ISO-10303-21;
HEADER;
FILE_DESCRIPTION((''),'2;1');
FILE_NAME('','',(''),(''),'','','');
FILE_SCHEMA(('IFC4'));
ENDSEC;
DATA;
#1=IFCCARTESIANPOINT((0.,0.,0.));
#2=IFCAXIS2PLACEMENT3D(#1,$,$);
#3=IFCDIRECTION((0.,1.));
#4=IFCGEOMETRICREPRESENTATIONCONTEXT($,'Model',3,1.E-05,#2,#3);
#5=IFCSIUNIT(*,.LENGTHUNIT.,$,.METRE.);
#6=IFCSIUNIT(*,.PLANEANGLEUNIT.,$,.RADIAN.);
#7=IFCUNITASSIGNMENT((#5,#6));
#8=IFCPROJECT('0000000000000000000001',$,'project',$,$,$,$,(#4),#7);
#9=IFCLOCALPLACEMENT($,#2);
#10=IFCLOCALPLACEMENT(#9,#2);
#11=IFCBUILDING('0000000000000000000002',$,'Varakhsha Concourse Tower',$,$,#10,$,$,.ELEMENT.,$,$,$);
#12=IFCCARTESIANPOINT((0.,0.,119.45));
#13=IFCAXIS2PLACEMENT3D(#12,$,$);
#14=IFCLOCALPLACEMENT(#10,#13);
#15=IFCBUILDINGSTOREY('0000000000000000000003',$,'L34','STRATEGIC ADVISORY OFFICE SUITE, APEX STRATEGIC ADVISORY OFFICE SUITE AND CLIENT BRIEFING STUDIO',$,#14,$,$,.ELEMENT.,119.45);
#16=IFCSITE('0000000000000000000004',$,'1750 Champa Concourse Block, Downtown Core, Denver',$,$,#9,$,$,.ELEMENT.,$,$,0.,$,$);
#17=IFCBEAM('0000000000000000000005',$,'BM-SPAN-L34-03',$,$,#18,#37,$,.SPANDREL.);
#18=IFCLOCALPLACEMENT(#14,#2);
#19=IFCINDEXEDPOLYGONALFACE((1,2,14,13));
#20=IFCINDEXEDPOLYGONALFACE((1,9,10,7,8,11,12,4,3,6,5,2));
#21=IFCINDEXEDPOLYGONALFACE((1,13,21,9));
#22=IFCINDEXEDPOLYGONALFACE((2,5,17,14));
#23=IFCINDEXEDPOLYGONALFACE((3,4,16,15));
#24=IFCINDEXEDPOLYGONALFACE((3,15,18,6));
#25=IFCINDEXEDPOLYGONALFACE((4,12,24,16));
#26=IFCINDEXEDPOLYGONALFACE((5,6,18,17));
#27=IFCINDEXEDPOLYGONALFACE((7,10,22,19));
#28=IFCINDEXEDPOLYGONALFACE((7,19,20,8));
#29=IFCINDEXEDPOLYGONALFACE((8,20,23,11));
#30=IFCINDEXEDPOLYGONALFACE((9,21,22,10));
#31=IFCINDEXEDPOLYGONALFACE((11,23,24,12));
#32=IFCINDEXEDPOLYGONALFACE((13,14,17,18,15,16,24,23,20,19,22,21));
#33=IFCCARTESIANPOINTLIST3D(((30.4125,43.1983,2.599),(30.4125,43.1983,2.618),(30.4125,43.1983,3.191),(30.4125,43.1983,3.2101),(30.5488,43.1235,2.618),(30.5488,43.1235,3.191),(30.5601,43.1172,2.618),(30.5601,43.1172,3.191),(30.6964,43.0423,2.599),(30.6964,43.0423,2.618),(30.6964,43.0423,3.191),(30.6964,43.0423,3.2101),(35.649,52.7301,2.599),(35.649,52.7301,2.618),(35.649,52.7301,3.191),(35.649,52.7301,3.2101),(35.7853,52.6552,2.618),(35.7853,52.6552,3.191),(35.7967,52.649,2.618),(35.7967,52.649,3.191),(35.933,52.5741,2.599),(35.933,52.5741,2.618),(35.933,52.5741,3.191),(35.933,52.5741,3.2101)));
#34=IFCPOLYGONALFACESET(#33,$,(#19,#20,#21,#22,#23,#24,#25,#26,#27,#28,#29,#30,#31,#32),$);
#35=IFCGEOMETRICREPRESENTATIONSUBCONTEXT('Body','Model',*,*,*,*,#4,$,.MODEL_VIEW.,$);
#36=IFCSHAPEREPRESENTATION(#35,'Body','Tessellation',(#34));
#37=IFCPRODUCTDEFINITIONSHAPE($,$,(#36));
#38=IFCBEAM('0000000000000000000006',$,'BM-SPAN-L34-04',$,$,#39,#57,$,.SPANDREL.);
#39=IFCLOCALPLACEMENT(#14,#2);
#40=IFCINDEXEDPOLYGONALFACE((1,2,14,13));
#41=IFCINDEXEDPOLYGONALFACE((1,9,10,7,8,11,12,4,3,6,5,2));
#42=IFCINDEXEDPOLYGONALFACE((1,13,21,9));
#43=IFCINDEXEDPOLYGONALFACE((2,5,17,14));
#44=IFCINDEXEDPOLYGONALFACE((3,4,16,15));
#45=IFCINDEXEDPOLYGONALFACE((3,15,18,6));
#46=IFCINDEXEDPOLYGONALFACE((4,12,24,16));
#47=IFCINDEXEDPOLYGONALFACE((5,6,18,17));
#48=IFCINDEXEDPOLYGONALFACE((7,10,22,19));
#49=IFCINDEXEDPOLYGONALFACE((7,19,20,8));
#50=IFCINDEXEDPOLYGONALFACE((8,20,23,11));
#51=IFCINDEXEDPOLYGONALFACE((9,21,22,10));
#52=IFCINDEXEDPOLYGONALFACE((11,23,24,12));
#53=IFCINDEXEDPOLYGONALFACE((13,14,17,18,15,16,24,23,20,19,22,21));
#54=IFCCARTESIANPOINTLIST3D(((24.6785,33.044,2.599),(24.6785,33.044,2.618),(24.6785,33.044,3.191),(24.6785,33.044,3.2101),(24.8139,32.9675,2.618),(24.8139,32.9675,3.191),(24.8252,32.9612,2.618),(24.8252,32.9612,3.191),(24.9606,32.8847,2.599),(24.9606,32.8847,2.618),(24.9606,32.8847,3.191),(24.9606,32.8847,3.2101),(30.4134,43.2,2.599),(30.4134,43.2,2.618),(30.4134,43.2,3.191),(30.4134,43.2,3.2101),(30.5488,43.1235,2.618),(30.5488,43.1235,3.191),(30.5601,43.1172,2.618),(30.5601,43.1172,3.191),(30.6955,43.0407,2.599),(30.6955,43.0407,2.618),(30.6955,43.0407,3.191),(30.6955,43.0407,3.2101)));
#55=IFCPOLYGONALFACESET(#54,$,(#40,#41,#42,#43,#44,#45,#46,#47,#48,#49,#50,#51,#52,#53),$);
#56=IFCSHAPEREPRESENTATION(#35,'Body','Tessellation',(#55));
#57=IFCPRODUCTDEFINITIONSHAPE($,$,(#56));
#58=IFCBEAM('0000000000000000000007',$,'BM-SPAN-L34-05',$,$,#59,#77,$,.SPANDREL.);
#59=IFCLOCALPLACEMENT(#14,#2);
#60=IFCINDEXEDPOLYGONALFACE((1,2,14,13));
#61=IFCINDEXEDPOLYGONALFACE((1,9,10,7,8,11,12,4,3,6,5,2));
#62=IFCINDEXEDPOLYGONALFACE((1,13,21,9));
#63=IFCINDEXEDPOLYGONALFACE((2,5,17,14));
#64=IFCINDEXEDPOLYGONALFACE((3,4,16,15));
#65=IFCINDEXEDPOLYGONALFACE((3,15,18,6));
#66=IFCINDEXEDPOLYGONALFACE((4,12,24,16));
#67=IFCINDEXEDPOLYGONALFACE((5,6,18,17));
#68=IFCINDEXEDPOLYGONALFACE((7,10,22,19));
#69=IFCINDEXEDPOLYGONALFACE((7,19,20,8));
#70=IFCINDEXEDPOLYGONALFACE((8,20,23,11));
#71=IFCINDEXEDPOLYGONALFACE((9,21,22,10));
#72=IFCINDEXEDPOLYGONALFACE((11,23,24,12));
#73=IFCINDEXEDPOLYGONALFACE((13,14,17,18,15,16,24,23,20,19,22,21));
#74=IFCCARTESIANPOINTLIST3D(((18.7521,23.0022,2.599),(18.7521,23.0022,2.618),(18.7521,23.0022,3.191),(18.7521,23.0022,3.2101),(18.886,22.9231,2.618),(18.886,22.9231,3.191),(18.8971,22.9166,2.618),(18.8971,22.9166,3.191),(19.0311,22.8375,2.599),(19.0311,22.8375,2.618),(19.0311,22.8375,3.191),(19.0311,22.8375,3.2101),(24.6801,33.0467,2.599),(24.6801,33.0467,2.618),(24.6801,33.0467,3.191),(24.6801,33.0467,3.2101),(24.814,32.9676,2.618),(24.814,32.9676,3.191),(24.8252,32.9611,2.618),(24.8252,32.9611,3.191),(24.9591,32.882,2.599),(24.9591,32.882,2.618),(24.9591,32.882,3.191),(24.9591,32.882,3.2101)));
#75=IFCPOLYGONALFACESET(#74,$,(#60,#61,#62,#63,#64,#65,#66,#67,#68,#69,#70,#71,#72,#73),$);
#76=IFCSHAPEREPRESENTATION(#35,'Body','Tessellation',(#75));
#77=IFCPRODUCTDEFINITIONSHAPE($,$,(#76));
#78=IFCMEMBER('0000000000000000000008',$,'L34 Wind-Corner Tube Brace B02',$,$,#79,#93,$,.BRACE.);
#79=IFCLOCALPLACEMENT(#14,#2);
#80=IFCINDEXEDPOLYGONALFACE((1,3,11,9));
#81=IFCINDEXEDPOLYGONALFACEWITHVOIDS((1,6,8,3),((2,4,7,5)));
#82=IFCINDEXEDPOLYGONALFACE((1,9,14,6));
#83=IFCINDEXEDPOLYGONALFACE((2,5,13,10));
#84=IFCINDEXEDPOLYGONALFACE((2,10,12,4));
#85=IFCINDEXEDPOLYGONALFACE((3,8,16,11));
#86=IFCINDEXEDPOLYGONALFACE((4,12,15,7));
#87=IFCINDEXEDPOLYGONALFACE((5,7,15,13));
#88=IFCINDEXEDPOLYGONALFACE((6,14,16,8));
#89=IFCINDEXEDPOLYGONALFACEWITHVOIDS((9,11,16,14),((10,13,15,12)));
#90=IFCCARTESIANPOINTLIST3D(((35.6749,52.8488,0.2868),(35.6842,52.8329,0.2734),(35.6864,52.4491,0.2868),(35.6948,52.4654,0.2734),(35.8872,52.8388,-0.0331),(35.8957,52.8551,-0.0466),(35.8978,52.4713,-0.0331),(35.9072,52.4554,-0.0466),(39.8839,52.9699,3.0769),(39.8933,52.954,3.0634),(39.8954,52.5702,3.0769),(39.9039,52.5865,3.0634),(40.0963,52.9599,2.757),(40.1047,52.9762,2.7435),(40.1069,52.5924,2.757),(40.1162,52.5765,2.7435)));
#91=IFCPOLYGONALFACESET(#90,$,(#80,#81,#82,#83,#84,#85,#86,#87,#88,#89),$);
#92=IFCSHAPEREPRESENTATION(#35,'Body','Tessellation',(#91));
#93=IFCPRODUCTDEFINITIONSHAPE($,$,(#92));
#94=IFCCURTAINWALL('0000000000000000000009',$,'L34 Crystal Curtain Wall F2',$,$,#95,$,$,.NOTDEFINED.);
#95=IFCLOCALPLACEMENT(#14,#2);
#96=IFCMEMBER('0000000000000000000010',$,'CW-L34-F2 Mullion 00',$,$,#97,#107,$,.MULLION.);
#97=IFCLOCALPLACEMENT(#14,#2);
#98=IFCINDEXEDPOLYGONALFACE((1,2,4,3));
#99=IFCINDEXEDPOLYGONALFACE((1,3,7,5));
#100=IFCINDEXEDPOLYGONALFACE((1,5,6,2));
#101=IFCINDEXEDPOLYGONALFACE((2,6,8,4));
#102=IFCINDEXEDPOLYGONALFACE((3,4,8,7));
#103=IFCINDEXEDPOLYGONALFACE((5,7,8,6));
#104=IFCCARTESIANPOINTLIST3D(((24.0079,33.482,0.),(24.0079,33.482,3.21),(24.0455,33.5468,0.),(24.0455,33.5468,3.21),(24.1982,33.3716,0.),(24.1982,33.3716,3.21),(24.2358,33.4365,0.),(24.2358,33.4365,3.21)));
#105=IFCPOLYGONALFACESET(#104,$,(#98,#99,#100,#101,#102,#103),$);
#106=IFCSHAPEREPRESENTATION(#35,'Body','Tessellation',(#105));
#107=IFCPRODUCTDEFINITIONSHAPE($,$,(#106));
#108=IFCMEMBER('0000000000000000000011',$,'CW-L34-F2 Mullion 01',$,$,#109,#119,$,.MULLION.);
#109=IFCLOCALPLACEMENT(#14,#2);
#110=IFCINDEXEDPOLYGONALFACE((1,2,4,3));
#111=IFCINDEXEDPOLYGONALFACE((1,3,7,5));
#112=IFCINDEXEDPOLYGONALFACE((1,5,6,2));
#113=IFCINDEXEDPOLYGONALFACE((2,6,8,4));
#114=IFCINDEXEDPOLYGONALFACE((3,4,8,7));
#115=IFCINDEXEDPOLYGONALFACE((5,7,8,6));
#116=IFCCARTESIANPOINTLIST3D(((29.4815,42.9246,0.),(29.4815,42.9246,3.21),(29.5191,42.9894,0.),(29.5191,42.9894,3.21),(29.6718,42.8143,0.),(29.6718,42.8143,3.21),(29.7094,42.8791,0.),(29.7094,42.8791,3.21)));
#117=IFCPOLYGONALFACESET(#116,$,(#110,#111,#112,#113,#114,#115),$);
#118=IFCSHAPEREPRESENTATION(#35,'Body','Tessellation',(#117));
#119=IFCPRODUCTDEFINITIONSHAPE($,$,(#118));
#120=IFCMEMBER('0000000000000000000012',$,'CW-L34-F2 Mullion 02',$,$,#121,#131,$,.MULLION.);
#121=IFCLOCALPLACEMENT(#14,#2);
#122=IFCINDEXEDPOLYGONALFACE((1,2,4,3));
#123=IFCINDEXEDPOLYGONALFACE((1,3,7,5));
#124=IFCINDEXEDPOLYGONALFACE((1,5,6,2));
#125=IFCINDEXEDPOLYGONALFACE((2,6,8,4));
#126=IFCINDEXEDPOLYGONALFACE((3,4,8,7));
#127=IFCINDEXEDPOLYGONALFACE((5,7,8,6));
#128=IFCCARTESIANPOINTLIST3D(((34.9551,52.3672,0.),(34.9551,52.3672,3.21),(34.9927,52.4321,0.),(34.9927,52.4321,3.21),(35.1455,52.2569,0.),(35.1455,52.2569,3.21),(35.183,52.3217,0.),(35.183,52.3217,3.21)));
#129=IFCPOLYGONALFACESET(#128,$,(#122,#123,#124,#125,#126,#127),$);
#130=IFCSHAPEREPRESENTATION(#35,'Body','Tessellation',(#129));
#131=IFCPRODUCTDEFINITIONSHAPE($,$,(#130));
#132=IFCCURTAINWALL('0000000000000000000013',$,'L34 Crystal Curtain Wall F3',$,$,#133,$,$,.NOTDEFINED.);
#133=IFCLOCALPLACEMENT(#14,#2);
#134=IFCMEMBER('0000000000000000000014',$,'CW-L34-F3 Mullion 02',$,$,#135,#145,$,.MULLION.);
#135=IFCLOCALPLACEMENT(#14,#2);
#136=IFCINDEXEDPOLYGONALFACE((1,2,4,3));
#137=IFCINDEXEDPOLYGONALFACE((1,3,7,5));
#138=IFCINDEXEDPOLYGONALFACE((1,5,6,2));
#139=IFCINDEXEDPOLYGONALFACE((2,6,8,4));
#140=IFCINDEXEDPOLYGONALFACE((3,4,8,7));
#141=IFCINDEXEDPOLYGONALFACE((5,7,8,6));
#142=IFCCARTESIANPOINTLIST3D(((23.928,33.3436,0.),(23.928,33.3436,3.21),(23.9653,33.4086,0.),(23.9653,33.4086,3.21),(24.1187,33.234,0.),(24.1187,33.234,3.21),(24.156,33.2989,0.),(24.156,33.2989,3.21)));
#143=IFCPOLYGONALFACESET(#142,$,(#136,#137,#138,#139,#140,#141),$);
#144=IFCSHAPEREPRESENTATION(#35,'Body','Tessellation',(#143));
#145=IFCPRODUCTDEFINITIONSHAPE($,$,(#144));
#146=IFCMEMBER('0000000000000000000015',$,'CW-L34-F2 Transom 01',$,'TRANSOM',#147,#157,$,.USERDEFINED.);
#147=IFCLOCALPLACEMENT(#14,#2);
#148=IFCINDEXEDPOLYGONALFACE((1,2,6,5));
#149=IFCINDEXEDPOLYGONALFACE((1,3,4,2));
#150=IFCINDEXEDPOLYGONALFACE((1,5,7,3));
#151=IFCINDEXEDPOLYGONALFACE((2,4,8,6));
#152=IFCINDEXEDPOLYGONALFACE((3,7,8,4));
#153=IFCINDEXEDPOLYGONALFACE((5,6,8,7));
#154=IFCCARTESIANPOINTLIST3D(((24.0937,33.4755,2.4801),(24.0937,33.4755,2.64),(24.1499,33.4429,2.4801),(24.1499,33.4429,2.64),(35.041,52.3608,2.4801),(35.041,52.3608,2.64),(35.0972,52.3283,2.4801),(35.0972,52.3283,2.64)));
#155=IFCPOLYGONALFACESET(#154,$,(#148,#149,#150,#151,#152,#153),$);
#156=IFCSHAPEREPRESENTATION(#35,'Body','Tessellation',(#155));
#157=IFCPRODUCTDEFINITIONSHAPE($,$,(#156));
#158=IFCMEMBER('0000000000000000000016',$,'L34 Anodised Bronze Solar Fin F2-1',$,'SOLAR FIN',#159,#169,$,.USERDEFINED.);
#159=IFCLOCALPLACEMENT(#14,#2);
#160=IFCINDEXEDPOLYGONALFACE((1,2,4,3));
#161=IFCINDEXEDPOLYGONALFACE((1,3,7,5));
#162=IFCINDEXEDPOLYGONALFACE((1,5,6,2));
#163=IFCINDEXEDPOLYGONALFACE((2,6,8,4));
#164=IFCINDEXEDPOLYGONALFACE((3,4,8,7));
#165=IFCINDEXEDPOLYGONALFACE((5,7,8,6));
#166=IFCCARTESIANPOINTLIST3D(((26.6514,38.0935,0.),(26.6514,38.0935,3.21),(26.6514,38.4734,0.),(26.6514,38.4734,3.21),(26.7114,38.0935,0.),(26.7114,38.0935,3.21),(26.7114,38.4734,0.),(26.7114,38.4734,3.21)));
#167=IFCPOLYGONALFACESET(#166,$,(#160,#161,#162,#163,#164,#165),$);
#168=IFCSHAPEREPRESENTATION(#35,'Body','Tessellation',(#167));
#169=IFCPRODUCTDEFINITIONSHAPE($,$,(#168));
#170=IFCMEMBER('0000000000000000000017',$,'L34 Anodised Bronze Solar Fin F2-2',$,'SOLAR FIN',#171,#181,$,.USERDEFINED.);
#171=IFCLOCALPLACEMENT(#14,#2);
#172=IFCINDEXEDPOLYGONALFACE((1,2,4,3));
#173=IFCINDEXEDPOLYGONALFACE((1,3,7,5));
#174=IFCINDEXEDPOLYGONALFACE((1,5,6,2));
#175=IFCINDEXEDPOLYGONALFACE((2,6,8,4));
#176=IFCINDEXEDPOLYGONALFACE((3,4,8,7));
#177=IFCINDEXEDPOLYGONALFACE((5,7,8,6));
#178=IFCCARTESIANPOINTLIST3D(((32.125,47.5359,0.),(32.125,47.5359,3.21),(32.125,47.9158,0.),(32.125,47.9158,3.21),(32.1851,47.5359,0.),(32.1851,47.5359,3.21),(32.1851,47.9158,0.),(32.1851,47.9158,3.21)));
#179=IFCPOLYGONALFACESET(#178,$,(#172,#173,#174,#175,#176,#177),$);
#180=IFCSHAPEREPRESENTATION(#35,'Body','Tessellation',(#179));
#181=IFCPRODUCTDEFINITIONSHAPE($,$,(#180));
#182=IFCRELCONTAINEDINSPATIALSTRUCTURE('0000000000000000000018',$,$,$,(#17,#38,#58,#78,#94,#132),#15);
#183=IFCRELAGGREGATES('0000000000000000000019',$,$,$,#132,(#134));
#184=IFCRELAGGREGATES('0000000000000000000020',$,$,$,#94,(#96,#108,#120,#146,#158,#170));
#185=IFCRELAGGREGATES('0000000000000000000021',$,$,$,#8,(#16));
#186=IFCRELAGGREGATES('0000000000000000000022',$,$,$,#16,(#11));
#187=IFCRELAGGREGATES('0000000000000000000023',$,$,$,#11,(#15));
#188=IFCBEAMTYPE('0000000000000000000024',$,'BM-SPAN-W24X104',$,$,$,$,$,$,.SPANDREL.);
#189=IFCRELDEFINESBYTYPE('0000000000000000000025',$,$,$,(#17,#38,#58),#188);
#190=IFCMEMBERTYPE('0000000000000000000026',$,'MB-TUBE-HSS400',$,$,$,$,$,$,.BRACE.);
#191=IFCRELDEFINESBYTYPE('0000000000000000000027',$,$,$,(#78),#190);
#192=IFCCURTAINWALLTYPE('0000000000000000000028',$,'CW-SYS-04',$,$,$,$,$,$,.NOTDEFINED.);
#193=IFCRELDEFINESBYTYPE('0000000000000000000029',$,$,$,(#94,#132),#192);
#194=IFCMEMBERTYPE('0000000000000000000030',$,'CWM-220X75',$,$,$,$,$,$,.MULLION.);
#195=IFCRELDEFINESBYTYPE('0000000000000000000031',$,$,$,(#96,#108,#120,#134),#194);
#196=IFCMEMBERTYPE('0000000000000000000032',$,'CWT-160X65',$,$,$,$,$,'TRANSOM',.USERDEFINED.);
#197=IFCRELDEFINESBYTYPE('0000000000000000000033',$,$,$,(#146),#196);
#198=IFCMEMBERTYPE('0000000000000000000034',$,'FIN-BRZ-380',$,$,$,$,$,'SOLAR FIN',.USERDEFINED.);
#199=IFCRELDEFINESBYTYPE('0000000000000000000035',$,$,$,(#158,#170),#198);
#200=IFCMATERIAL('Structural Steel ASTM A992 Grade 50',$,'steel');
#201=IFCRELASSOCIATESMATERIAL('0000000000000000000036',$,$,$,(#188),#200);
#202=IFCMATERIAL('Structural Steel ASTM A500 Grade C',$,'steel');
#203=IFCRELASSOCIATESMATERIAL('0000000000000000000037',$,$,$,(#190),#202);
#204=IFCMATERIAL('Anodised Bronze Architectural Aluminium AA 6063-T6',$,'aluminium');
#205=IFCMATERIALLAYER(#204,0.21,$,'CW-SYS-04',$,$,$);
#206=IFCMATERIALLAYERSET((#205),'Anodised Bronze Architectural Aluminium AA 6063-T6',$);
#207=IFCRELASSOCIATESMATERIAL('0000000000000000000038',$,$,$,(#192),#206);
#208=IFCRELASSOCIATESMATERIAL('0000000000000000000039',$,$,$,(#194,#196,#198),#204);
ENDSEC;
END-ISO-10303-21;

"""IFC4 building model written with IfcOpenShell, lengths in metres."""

from ifc_helpers import new_model, si_unit, direction, frame, origin, origin_2d, place, context, subcontext, project, spatial, rectangle, hollow_rectangle, i_section, extrude, source, transform, mapped, material, layer, layer_set, material_profile, profile_set, type_object, type_shapes, element, aggregate, save


model = new_model("IFC4")

# Units and contexts
model_context = context("Model", 3, precision=1e-05, world=origin(), true_north=direction((0.0, 1.0)))
body_context = subcontext(model_context, "Body", "Model", "MODEL_VIEW")
ifc_project = project(units=[si_unit("LENGTHUNIT", "METRE"), si_unit("PLANEANGLEUNIT", "RADIAN")], contexts=[model_context])

# Site, building, storey
site_placement = place(None, origin())
site = spatial("IfcSite", under=ifc_project, at=site_placement, Name="1750 Champa Concourse Block, Downtown Core, Denver", CompositionType="ELEMENT", RefElevation=0.0)
building_placement = place(site_placement, origin())
building = spatial("IfcBuilding", under=site, at=building_placement, Name="Varakhsha Concourse Tower", CompositionType="ELEMENT")
storey_placement = place(building_placement, frame((0.0, 0.0, 119.45)))
storey = spatial("IfcBuildingStorey", under=building, at=storey_placement, Name="L34", Description="STRATEGIC ADVISORY OFFICE SUITE, APEX STRATEGIC ADVISORY OFFICE SUITE AND CLIENT BRIEFING STUDIO", CompositionType="ELEMENT", Elevation=119.45)

# Shared definitions
ifc_material_1 = material(Name="Structural Steel ASTM A992 Grade 50", Category="steel")

# Beams
ifc_material_profile_1 = material_profile(ifc_material_1, i_section(OverallWidth=0.324, OverallDepth=0.6111, WebThickness=0.0129, FlangeThickness=0.019, at=origin_2d()), Name="W24X104")
ifc_profile_set_1 = profile_set([ifc_material_profile_1], Name="Structural Steel ASTM A992 Grade 50")
beam_type_1 = type_object("IfcBeamType", Name="BM-SPAN-W24X104", PredefinedType="SPANDREL", material=ifc_profile_set_1)
beam_1_placement = place(storey_placement, frame((35.791, 52.6521, 2.9045), z_axis=(-0.481503, -0.876444, 0.0), x_axis=(0.876444, -0.481503, 0.0)))
element("IfcBeam", 1, at=beam_1_placement, inside=storey, type_object=beam_type_1, Name="BM-SPAN-L34-03", PredefinedType="SPANDREL", context=body_context, shape_type="SweptSolid", body=[
    extrude(i_section(OverallWidth=0.324, OverallDepth=0.6111, WebThickness=0.0129, FlangeThickness=0.019, at=origin_2d()), origin(), (0.0, 0.0, 1.0), 10.8755),
])
for number, where, z_axis, x_axis, name in (
    (2, (30.5544, 43.1204, 2.9045), (-0.491701, -0.870764, 0.0), (0.870764, -0.491701, 0.0), "BM-SPAN-L34-04"),
    (3, (24.8196, 32.9644, 2.9045), (-0.508261, -0.861203, 0.0), (0.861203, -0.508261, 0.0), "BM-SPAN-L34-05"),
):
    element("IfcBeam", number, at=place(storey_placement, frame(where, z_axis=z_axis, x_axis=x_axis)), inside=storey, type_object=beam_type_1, Name=name, PredefinedType="SPANDREL", context=body_context, shape_type="SweptSolid", body=[
        extrude(i_section(OverallWidth=0.324, OverallDepth=0.6111, WebThickness=0.0129, FlangeThickness=0.019, at=origin_2d()), origin(), (0.0, 0.0, 1.0), 11.6633),
    ])

# Member
ifc_material_2 = material(Name="Structural Steel ASTM A500 Grade C", Category="steel")
ifc_material_profile_2 = material_profile(ifc_material_2, hollow_rectangle(XDim=0.3999, YDim=0.3999, WallThickness=0.0161, at=origin_2d()), Name="HSS 400x400x16")
ifc_profile_set_2 = profile_set([ifc_material_profile_2], Name="Structural Steel ASTM A500 Grade C")
member_type_1 = type_object("IfcMemberType", Name="MB-TUBE-HSS400", PredefinedType="BRACE", material=ifc_profile_set_2)
shared_shape_1 = source(origin(), body_context, "Body", "SweptSolid", [
    extrude(hollow_rectangle(XDim=0.3999, YDim=0.3999, WallThickness=0.0161, at=origin_2d()), origin(), (0.0, 0.0, 1.0), 5.0513),
])
type_shapes(member_type_1, [shared_shape_1])
member_1_placement = place(storey_placement, frame((35.791, 52.6521, 0.1201), z_axis=(0.833266, 0.023973, 0.552353), x_axis=(-0.028758, 0.999586, 0.0)))
element("IfcMember", 4, at=member_1_placement, inside=storey, type_object=member_type_1, Name="L34 Wind-Corner Tube Brace B02", PredefinedType="BRACE", context=body_context, shape_type="MappedRepresentation", body=[
    mapped(shared_shape_1, transform((0.0, 0.0, 0.0), scale=1.0)),
])

# Curtain wall, members
ifc_material_3 = material(Name="Anodised Bronze Architectural Aluminium AA 6063-T6", Category="aluminium")
ifc_layer_1 = layer(ifc_material_3, 0.21, Name="CW-SYS-04")
ifc_layer_set_1 = layer_set([ifc_layer_1], Name="Anodised Bronze Architectural Aluminium AA 6063-T6")
curtain_wall_type = type_object("IfcCurtainWallType", Name="CW-SYS-04", PredefinedType="NOTDEFINED", material=ifc_layer_set_1)
curtain_wall_1_placement = place(storey_placement, origin())
curtain_wall_1 = element("IfcCurtainWall", 5, at=curtain_wall_1_placement, inside=storey, type_object=curtain_wall_type, Name="L34 Crystal Curtain Wall F2", PredefinedType="NOTDEFINED")
ifc_material_profile_3 = material_profile(ifc_material_3, rectangle(XDim=0.075, YDim=0.22, at=origin_2d()), Name="CWM-220X75")
ifc_profile_set_3 = profile_set([ifc_material_profile_3], Name="Anodised Bronze Architectural Aluminium AA 6063-T6")
member_type_2 = type_object("IfcMemberType", Name="CWM-220X75", PredefinedType="MULLION", material=ifc_profile_set_3)
shared_shape_2 = source(origin(), body_context, "Body", "SweptSolid", [
    extrude(rectangle(XDim=0.075, YDim=0.22, at=origin_2d()), origin(), (0.0, 0.0, 1.0), 3.21),
])
type_shapes(member_type_2, [shared_shape_2])
member_2_placement = place(storey_placement, frame((24.1218, 33.4592, 0.0), z_axis=(0.0, 0.0, 1.0), x_axis=(0.501514, 0.86515, 0.0)))
member_2 = element("IfcMember", 6, at=member_2_placement, type_object=member_type_2, Name="CW-L34-F2 Mullion 00", PredefinedType="MULLION", context=body_context, shape_type="MappedRepresentation", body=[
    mapped(shared_shape_2, transform((0.0, 0.0, 0.0), scale=1.0)),
])
member_3_placement = place(storey_placement, frame((29.5955, 42.9019, 0.0), z_axis=(0.0, 0.0, 1.0), x_axis=(0.501514, 0.86515, 0.0)))
member_3 = element("IfcMember", 7, at=member_3_placement, type_object=member_type_2, Name="CW-L34-F2 Mullion 01", PredefinedType="MULLION", context=body_context, shape_type="MappedRepresentation", body=[
    mapped(shared_shape_2, transform((0.0, 0.0, 0.0), scale=1.0)),
])
member_4_placement = place(storey_placement, frame((35.0691, 52.3445, 0.0), z_axis=(0.0, 0.0, 1.0), x_axis=(0.501514, 0.86515, 0.0)))
member_4 = element("IfcMember", 8, at=member_4_placement, type_object=member_type_2, Name="CW-L34-F2 Mullion 02", PredefinedType="MULLION", context=body_context, shape_type="MappedRepresentation", body=[
    mapped(shared_shape_2, transform((0.0, 0.0, 0.0), scale=1.0)),
])

# Curtain wall, member
curtain_wall_2_placement = place(storey_placement, origin())
curtain_wall_2 = element("IfcCurtainWall", 9, at=curtain_wall_2_placement, inside=storey, type_object=curtain_wall_type, Name="L34 Crystal Curtain Wall F3", PredefinedType="NOTDEFINED")
member_5_placement = place(storey_placement, frame((24.042, 33.3213, 0.0), z_axis=(0.0, 0.0, 1.0), x_axis=(0.498489, 0.866896, 0.0)))
member_5 = element("IfcMember", 10, at=member_5_placement, type_object=member_type_2, Name="CW-L34-F3 Mullion 02", PredefinedType="MULLION", context=body_context, shape_type="MappedRepresentation", body=[
    mapped(shared_shape_2, transform((0.0, 0.0, 0.0), scale=1.0)),
])
aggregate(curtain_wall_2, [member_5])

# Members
ifc_material_profile_4 = material_profile(ifc_material_3, rectangle(XDim=0.0649, YDim=0.1599, at=origin_2d()), Name="CWT-160X65")
ifc_profile_set_4 = profile_set([ifc_material_profile_4], Name="Anodised Bronze Architectural Aluminium AA 6063-T6")
member_type_3 = type_object("IfcMemberType", Name="CWT-160X65", ElementType="TRANSOM", PredefinedType="USERDEFINED", material=ifc_profile_set_4)
shared_shape_3 = source(origin(), body_context, "Body", "SweptSolid", [
    extrude(rectangle(XDim=0.0649, YDim=0.1599, at=origin_2d()), origin(), (0.0, 0.0, 1.0), 21.8289),
])
type_shapes(member_type_3, [shared_shape_3])
member_6_placement = place(storey_placement, frame((24.1218, 33.4592, 2.5601), z_axis=(0.501506, 0.865154, 0.0), x_axis=(-0.865154, 0.501506, 0.0)))
member_6 = element("IfcMember", 11, at=member_6_placement, type_object=member_type_3, Name="CW-L34-F2 Transom 01", ObjectType="TRANSOM", PredefinedType="USERDEFINED", context=body_context, shape_type="MappedRepresentation", body=[
    mapped(shared_shape_3, transform((0.0, 0.0, 0.0), scale=1.0)),
])
ifc_material_profile_5 = material_profile(ifc_material_3, rectangle(XDim=0.0601, YDim=0.3799, at=origin_2d()), Name="FIN-BRZ-380")
ifc_profile_set_5 = profile_set([ifc_material_profile_5], Name="Anodised Bronze Architectural Aluminium AA 6063-T6")
member_type_4 = type_object("IfcMemberType", Name="FIN-BRZ-380", ElementType="SOLAR FIN", PredefinedType="USERDEFINED", material=ifc_profile_set_5)
shared_shape_4 = source(origin(), body_context, "Body", "SweptSolid", [
    extrude(rectangle(XDim=0.0601, YDim=0.3799, at=origin_2d()), origin(), (0.0, 0.0, 1.0), 3.21),
])
type_shapes(member_type_4, [shared_shape_4])
member_7_placement = place(storey_placement, frame((26.6814, 38.2834, 0.0), z_axis=(0.0, 0.0, 1.0), x_axis=(1.0, 0.0, 0.0)))
member_7 = element("IfcMember", 12, at=member_7_placement, type_object=member_type_4, Name="L34 Anodised Bronze Solar Fin F2-1", ObjectType="SOLAR FIN", PredefinedType="USERDEFINED", context=body_context, shape_type="MappedRepresentation", body=[
    mapped(shared_shape_4, transform((0.0, 0.0, 0.0), scale=1.0)),
])
member_8_placement = place(storey_placement, frame((32.155, 47.7258, 0.0), z_axis=(0.0, 0.0, 1.0), x_axis=(1.0, 0.0, 0.0)))
member_8 = element("IfcMember", 13, at=member_8_placement, type_object=member_type_4, Name="L34 Anodised Bronze Solar Fin F2-2", ObjectType="SOLAR FIN", PredefinedType="USERDEFINED", context=body_context, shape_type="MappedRepresentation", body=[
    mapped(shared_shape_4, transform((0.0, 0.0, 0.0), scale=1.0)),
])

aggregate(curtain_wall_1, [member_2, member_3, member_4, member_6, member_7, member_8])

save(model, "model.ifc")
